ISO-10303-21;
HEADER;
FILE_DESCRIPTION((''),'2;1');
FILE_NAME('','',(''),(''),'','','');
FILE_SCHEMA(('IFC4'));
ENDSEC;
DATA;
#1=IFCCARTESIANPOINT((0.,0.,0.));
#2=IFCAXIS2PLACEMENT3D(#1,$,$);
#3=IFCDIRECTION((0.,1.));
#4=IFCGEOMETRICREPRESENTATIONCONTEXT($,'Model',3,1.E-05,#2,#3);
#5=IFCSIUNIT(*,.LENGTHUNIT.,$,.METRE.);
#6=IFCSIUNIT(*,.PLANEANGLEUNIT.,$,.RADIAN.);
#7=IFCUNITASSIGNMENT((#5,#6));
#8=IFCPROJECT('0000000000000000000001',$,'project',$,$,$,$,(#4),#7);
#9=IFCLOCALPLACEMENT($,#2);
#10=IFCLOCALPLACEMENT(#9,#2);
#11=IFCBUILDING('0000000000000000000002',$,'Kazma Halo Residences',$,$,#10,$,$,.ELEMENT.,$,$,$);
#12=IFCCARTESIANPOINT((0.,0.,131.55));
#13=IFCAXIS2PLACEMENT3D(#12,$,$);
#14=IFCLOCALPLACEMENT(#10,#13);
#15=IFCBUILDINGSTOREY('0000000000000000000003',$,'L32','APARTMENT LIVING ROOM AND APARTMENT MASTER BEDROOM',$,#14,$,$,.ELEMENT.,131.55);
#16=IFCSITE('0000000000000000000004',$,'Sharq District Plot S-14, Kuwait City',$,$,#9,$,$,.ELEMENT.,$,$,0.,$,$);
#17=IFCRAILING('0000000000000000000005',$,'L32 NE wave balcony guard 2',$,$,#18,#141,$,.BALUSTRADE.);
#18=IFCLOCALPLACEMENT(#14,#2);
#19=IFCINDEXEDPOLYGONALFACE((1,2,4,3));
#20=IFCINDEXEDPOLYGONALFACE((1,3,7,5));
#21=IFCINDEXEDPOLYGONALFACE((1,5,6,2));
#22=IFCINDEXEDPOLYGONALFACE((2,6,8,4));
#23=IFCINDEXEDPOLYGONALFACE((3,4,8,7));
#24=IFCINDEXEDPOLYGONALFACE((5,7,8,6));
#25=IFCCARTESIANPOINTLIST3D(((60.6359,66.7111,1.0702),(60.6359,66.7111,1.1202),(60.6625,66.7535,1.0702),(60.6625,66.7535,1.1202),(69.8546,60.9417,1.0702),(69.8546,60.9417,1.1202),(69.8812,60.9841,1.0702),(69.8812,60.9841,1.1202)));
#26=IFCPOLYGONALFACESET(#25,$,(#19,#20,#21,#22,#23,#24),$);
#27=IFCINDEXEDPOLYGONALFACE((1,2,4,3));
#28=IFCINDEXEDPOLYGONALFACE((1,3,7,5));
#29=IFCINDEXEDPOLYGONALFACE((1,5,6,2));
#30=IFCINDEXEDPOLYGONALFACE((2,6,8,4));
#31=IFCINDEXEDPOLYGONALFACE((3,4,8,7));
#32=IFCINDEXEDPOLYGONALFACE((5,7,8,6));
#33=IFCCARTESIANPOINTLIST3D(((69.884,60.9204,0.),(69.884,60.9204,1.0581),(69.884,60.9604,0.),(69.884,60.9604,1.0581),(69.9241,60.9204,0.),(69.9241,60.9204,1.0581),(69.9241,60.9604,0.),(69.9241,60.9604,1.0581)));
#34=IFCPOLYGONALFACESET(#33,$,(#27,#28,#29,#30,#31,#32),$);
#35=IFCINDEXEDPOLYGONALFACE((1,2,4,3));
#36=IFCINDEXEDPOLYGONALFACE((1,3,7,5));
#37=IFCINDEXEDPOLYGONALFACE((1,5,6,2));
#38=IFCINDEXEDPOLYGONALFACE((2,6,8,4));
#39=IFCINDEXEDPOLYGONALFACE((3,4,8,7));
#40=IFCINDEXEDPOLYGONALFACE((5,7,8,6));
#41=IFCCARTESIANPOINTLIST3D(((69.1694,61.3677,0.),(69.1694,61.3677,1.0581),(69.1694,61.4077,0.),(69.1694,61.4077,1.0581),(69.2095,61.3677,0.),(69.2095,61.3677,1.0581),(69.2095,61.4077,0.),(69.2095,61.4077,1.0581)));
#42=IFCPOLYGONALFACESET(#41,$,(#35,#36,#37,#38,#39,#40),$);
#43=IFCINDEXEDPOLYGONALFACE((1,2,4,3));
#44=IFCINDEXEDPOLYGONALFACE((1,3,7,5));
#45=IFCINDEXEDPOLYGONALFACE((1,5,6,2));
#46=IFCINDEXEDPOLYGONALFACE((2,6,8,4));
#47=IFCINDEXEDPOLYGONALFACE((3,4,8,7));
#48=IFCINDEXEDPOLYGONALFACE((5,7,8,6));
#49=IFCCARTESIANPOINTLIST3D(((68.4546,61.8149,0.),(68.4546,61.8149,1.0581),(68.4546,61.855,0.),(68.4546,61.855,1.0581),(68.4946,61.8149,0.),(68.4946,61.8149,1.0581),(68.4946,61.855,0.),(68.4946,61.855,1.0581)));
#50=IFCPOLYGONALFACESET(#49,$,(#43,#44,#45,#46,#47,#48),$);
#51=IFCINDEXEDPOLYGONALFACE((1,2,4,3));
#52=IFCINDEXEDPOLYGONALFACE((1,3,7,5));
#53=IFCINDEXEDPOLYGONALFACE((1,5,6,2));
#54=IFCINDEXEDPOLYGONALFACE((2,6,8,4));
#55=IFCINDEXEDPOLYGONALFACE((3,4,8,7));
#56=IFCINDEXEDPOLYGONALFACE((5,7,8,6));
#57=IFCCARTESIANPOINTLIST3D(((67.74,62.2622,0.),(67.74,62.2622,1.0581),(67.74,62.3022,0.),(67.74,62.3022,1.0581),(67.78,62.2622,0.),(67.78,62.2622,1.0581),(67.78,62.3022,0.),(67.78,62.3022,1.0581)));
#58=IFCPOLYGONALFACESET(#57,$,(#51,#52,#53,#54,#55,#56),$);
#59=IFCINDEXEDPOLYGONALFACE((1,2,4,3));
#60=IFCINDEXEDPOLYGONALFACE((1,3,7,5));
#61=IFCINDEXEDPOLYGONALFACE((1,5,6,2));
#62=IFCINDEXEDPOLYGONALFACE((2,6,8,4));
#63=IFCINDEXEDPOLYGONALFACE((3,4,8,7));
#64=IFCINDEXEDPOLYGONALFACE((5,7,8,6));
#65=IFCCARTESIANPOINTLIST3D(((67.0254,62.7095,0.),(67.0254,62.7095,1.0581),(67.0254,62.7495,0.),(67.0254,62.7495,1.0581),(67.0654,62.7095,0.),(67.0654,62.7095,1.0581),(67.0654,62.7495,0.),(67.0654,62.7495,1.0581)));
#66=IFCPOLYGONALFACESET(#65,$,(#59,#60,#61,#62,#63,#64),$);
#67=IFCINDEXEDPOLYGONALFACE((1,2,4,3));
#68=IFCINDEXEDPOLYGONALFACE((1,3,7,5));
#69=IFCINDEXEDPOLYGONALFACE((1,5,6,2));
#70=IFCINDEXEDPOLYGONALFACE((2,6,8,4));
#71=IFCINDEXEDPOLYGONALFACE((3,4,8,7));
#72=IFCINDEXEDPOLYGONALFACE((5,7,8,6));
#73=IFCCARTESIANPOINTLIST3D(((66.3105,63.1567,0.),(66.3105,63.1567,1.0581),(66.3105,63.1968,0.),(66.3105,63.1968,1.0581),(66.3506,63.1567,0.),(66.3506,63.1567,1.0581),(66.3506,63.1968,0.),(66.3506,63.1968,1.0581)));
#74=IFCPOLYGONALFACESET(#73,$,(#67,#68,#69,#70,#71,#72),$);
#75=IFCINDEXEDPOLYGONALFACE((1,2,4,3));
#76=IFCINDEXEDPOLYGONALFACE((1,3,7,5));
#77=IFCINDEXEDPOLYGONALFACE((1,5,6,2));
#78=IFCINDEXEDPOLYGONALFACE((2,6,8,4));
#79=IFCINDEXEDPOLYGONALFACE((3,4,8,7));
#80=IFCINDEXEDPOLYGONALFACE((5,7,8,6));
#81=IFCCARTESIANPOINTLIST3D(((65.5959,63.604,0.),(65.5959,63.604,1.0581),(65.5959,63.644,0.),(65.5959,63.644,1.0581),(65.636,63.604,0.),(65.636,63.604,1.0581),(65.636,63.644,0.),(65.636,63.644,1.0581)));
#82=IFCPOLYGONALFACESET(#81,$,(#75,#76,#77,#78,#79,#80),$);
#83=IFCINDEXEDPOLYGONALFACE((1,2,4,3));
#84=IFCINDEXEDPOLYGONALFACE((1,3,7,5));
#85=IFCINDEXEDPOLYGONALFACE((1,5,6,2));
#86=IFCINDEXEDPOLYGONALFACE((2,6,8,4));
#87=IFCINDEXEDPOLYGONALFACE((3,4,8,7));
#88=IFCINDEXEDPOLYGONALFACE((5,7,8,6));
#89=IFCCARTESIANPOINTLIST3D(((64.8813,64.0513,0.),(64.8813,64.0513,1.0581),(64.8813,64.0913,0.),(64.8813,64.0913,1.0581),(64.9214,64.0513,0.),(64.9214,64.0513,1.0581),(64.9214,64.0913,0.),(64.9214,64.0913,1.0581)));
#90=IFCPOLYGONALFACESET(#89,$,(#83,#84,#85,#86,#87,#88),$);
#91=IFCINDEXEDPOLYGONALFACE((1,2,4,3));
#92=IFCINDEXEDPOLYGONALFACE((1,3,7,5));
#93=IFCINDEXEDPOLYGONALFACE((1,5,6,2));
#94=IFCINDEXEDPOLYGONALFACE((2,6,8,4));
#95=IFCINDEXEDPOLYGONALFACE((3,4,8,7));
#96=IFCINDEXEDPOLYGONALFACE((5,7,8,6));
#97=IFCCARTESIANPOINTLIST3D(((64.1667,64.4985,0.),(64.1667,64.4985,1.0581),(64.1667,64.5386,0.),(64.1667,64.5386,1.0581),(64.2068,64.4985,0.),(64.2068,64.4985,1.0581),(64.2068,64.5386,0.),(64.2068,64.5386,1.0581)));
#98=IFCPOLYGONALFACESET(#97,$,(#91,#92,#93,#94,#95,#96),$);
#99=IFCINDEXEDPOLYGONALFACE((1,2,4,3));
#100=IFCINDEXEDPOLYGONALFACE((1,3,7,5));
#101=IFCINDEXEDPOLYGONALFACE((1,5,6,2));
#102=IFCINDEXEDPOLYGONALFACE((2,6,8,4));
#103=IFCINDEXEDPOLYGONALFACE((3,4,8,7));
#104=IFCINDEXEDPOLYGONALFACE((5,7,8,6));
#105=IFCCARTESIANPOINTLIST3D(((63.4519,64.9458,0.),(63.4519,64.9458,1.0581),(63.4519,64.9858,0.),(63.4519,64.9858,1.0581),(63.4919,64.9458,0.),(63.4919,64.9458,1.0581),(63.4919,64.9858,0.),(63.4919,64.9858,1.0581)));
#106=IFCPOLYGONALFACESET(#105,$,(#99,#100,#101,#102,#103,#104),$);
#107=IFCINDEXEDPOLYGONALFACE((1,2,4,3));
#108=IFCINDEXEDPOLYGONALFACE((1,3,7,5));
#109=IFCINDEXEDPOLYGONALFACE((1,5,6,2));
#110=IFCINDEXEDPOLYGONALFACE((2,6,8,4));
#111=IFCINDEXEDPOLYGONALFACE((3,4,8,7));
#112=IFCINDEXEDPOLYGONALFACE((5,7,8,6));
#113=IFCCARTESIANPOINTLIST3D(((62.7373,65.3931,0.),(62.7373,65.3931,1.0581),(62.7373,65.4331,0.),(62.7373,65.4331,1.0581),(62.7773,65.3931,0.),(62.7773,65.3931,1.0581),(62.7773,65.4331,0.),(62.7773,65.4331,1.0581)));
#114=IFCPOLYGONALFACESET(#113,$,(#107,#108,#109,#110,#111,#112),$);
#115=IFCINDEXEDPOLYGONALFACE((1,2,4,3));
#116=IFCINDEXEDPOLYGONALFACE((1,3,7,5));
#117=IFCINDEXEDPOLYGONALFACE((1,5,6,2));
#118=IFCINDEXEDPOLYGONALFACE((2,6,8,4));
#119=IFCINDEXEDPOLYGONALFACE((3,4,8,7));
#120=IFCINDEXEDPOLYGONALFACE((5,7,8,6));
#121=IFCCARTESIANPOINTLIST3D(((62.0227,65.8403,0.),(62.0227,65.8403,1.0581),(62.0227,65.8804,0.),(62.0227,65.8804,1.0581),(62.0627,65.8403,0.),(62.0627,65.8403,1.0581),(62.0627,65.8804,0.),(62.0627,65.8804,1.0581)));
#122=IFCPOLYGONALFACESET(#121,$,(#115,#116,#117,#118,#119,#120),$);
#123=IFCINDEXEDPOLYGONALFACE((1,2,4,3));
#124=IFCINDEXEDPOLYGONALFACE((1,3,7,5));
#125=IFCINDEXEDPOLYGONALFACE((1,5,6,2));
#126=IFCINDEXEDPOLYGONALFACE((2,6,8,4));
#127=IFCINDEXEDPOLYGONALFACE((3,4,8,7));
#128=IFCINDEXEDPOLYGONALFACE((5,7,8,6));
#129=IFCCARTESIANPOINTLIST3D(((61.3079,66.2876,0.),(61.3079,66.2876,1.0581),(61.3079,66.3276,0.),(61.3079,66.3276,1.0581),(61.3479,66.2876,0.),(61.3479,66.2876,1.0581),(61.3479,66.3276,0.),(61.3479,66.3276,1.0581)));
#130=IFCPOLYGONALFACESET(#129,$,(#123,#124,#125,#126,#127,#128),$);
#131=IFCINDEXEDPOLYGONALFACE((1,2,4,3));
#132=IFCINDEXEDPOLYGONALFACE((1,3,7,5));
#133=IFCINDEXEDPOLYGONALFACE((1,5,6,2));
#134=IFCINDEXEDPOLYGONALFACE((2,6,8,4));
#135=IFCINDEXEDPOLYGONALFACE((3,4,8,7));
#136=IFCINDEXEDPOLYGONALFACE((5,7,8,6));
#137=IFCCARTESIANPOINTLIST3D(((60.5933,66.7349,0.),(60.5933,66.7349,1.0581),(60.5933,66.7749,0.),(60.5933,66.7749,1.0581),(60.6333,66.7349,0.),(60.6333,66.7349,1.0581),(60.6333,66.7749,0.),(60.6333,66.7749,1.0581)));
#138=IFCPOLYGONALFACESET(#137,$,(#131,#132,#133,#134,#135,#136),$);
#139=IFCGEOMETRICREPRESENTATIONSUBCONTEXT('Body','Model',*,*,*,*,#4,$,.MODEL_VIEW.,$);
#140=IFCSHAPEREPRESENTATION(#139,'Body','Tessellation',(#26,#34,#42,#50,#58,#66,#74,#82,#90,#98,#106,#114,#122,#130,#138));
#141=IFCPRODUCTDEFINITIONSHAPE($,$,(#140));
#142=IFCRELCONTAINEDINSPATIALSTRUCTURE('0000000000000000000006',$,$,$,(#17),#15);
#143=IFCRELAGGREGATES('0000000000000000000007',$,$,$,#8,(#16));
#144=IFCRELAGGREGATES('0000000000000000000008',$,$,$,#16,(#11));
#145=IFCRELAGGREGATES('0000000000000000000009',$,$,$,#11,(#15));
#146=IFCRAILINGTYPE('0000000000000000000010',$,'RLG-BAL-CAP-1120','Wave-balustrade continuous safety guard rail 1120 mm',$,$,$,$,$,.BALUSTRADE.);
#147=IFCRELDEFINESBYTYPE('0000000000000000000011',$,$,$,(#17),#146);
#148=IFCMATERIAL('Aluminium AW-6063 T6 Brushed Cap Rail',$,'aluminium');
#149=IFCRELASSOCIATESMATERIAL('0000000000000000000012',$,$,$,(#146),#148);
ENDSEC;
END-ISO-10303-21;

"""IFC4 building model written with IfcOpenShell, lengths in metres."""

from ifc_helpers import new_model, si_unit, direction, frame, origin, origin_2d, place, context, subcontext, project, spatial, rectangle, extrude, material, type_object, element, save


model = new_model("IFC4")

# Units and contexts
model_context = context("Model", 3, precision=1e-05, world=origin(), true_north=direction((0.0, 1.0)))
body_context = subcontext(model_context, "Body", "Model", "MODEL_VIEW")
ifc_project = project(units=[si_unit("LENGTHUNIT", "METRE"), si_unit("PLANEANGLEUNIT", "RADIAN")], contexts=[model_context])

# Site, building, storey
site_placement = place(None, origin())
site = spatial("IfcSite", under=ifc_project, at=site_placement, Name="Sharq District Plot S-14, Kuwait City", CompositionType="ELEMENT", RefElevation=0.0)
building_placement = place(site_placement, origin())
building = spatial("IfcBuilding", under=site, at=building_placement, Name="Kazma Halo Residences", CompositionType="ELEMENT")
storey_placement = place(building_placement, frame((0.0, 0.0, 131.55)))
storey = spatial("IfcBuildingStorey", under=building, at=storey_placement, Name="L32", Description="APARTMENT LIVING ROOM AND APARTMENT MASTER BEDROOM", CompositionType="ELEMENT", Elevation=131.55)

# Railing
ifc_material_1 = material(Name="Aluminium AW-6063 T6 Brushed Cap Rail", Category="aluminium")
railing_type = type_object("IfcRailingType", Name="RLG-BAL-CAP-1120", Description="Wave-balustrade continuous safety guard rail 1120 mm", PredefinedType="BALUSTRADE", material=ifc_material_1)
railing_1_placement = place(storey_placement, frame((69.9041, 60.9404, 0.0)))
element("IfcRailing", 1, at=railing_1_placement, inside=storey, type_object=railing_type, Name="L32 NE wave balcony guard 2", PredefinedType="BALUSTRADE", context=body_context, shape_type="SweptSolid", body=[
    extrude(rectangle(XDim=0.05, YDim=0.05, at=origin_2d()), frame((-0.0361, 0.0225, 1.0952), z_axis=(-0.847682, 0.530505, 0.0), x_axis=(-0.530505, -0.847682, 0.0)), (0.0, 0.0, 1.0), 10.8752),
    extrude(rectangle(XDim=0.04, YDim=0.04, at=origin_2d()), origin(), (0.0, 0.0, 1.0), 1.0581),
    extrude(rectangle(XDim=0.04, YDim=0.04, at=origin_2d()), frame((-0.7146, 0.4473, 0.0)), (0.0, 0.0, 1.0), 1.0581),
    extrude(rectangle(XDim=0.04, YDim=0.04, at=origin_2d()), frame((-1.4294, 0.8945, 0.0)), (0.0, 0.0, 1.0), 1.0581),
    extrude(rectangle(XDim=0.04, YDim=0.04, at=origin_2d()), frame((-2.144, 1.3418, 0.0)), (0.0, 0.0, 1.0), 1.0581),
    extrude(rectangle(XDim=0.04, YDim=0.04, at=origin_2d()), frame((-2.8586, 1.7891, 0.0)), (0.0, 0.0, 1.0), 1.0581),
    extrude(rectangle(XDim=0.04, YDim=0.04, at=origin_2d()), frame((-3.5735, 2.2363, 0.0)), (0.0, 0.0, 1.0), 1.0581),
    extrude(rectangle(XDim=0.04, YDim=0.04, at=origin_2d()), frame((-4.2881, 2.6836, 0.0)), (0.0, 0.0, 1.0), 1.0581),
    extrude(rectangle(XDim=0.04, YDim=0.04, at=origin_2d()), frame((-5.0027, 3.1309, 0.0)), (0.0, 0.0, 1.0), 1.0581),
    extrude(rectangle(XDim=0.04, YDim=0.04, at=origin_2d()), frame((-5.7173, 3.5781, 0.0)), (0.0, 0.0, 1.0), 1.0581),
    extrude(rectangle(XDim=0.04, YDim=0.04, at=origin_2d()), frame((-6.4321, 4.0254, 0.0)), (0.0, 0.0, 1.0), 1.0581),
    extrude(rectangle(XDim=0.04, YDim=0.04, at=origin_2d()), frame((-7.1467, 4.4727, 0.0)), (0.0, 0.0, 1.0), 1.0581),
    extrude(rectangle(XDim=0.04, YDim=0.04, at=origin_2d()), frame((-7.8613, 4.9199, 0.0)), (0.0, 0.0, 1.0), 1.0581),
    extrude(rectangle(XDim=0.04, YDim=0.04, at=origin_2d()), frame((-8.5762, 5.3672, 0.0)), (0.0, 0.0, 1.0), 1.0581),
    extrude(rectangle(XDim=0.04, YDim=0.04, at=origin_2d()), frame((-9.2908, 5.8145, 0.0)), (0.0, 0.0, 1.0), 1.0581),
])

save(model, "model.ifc")
